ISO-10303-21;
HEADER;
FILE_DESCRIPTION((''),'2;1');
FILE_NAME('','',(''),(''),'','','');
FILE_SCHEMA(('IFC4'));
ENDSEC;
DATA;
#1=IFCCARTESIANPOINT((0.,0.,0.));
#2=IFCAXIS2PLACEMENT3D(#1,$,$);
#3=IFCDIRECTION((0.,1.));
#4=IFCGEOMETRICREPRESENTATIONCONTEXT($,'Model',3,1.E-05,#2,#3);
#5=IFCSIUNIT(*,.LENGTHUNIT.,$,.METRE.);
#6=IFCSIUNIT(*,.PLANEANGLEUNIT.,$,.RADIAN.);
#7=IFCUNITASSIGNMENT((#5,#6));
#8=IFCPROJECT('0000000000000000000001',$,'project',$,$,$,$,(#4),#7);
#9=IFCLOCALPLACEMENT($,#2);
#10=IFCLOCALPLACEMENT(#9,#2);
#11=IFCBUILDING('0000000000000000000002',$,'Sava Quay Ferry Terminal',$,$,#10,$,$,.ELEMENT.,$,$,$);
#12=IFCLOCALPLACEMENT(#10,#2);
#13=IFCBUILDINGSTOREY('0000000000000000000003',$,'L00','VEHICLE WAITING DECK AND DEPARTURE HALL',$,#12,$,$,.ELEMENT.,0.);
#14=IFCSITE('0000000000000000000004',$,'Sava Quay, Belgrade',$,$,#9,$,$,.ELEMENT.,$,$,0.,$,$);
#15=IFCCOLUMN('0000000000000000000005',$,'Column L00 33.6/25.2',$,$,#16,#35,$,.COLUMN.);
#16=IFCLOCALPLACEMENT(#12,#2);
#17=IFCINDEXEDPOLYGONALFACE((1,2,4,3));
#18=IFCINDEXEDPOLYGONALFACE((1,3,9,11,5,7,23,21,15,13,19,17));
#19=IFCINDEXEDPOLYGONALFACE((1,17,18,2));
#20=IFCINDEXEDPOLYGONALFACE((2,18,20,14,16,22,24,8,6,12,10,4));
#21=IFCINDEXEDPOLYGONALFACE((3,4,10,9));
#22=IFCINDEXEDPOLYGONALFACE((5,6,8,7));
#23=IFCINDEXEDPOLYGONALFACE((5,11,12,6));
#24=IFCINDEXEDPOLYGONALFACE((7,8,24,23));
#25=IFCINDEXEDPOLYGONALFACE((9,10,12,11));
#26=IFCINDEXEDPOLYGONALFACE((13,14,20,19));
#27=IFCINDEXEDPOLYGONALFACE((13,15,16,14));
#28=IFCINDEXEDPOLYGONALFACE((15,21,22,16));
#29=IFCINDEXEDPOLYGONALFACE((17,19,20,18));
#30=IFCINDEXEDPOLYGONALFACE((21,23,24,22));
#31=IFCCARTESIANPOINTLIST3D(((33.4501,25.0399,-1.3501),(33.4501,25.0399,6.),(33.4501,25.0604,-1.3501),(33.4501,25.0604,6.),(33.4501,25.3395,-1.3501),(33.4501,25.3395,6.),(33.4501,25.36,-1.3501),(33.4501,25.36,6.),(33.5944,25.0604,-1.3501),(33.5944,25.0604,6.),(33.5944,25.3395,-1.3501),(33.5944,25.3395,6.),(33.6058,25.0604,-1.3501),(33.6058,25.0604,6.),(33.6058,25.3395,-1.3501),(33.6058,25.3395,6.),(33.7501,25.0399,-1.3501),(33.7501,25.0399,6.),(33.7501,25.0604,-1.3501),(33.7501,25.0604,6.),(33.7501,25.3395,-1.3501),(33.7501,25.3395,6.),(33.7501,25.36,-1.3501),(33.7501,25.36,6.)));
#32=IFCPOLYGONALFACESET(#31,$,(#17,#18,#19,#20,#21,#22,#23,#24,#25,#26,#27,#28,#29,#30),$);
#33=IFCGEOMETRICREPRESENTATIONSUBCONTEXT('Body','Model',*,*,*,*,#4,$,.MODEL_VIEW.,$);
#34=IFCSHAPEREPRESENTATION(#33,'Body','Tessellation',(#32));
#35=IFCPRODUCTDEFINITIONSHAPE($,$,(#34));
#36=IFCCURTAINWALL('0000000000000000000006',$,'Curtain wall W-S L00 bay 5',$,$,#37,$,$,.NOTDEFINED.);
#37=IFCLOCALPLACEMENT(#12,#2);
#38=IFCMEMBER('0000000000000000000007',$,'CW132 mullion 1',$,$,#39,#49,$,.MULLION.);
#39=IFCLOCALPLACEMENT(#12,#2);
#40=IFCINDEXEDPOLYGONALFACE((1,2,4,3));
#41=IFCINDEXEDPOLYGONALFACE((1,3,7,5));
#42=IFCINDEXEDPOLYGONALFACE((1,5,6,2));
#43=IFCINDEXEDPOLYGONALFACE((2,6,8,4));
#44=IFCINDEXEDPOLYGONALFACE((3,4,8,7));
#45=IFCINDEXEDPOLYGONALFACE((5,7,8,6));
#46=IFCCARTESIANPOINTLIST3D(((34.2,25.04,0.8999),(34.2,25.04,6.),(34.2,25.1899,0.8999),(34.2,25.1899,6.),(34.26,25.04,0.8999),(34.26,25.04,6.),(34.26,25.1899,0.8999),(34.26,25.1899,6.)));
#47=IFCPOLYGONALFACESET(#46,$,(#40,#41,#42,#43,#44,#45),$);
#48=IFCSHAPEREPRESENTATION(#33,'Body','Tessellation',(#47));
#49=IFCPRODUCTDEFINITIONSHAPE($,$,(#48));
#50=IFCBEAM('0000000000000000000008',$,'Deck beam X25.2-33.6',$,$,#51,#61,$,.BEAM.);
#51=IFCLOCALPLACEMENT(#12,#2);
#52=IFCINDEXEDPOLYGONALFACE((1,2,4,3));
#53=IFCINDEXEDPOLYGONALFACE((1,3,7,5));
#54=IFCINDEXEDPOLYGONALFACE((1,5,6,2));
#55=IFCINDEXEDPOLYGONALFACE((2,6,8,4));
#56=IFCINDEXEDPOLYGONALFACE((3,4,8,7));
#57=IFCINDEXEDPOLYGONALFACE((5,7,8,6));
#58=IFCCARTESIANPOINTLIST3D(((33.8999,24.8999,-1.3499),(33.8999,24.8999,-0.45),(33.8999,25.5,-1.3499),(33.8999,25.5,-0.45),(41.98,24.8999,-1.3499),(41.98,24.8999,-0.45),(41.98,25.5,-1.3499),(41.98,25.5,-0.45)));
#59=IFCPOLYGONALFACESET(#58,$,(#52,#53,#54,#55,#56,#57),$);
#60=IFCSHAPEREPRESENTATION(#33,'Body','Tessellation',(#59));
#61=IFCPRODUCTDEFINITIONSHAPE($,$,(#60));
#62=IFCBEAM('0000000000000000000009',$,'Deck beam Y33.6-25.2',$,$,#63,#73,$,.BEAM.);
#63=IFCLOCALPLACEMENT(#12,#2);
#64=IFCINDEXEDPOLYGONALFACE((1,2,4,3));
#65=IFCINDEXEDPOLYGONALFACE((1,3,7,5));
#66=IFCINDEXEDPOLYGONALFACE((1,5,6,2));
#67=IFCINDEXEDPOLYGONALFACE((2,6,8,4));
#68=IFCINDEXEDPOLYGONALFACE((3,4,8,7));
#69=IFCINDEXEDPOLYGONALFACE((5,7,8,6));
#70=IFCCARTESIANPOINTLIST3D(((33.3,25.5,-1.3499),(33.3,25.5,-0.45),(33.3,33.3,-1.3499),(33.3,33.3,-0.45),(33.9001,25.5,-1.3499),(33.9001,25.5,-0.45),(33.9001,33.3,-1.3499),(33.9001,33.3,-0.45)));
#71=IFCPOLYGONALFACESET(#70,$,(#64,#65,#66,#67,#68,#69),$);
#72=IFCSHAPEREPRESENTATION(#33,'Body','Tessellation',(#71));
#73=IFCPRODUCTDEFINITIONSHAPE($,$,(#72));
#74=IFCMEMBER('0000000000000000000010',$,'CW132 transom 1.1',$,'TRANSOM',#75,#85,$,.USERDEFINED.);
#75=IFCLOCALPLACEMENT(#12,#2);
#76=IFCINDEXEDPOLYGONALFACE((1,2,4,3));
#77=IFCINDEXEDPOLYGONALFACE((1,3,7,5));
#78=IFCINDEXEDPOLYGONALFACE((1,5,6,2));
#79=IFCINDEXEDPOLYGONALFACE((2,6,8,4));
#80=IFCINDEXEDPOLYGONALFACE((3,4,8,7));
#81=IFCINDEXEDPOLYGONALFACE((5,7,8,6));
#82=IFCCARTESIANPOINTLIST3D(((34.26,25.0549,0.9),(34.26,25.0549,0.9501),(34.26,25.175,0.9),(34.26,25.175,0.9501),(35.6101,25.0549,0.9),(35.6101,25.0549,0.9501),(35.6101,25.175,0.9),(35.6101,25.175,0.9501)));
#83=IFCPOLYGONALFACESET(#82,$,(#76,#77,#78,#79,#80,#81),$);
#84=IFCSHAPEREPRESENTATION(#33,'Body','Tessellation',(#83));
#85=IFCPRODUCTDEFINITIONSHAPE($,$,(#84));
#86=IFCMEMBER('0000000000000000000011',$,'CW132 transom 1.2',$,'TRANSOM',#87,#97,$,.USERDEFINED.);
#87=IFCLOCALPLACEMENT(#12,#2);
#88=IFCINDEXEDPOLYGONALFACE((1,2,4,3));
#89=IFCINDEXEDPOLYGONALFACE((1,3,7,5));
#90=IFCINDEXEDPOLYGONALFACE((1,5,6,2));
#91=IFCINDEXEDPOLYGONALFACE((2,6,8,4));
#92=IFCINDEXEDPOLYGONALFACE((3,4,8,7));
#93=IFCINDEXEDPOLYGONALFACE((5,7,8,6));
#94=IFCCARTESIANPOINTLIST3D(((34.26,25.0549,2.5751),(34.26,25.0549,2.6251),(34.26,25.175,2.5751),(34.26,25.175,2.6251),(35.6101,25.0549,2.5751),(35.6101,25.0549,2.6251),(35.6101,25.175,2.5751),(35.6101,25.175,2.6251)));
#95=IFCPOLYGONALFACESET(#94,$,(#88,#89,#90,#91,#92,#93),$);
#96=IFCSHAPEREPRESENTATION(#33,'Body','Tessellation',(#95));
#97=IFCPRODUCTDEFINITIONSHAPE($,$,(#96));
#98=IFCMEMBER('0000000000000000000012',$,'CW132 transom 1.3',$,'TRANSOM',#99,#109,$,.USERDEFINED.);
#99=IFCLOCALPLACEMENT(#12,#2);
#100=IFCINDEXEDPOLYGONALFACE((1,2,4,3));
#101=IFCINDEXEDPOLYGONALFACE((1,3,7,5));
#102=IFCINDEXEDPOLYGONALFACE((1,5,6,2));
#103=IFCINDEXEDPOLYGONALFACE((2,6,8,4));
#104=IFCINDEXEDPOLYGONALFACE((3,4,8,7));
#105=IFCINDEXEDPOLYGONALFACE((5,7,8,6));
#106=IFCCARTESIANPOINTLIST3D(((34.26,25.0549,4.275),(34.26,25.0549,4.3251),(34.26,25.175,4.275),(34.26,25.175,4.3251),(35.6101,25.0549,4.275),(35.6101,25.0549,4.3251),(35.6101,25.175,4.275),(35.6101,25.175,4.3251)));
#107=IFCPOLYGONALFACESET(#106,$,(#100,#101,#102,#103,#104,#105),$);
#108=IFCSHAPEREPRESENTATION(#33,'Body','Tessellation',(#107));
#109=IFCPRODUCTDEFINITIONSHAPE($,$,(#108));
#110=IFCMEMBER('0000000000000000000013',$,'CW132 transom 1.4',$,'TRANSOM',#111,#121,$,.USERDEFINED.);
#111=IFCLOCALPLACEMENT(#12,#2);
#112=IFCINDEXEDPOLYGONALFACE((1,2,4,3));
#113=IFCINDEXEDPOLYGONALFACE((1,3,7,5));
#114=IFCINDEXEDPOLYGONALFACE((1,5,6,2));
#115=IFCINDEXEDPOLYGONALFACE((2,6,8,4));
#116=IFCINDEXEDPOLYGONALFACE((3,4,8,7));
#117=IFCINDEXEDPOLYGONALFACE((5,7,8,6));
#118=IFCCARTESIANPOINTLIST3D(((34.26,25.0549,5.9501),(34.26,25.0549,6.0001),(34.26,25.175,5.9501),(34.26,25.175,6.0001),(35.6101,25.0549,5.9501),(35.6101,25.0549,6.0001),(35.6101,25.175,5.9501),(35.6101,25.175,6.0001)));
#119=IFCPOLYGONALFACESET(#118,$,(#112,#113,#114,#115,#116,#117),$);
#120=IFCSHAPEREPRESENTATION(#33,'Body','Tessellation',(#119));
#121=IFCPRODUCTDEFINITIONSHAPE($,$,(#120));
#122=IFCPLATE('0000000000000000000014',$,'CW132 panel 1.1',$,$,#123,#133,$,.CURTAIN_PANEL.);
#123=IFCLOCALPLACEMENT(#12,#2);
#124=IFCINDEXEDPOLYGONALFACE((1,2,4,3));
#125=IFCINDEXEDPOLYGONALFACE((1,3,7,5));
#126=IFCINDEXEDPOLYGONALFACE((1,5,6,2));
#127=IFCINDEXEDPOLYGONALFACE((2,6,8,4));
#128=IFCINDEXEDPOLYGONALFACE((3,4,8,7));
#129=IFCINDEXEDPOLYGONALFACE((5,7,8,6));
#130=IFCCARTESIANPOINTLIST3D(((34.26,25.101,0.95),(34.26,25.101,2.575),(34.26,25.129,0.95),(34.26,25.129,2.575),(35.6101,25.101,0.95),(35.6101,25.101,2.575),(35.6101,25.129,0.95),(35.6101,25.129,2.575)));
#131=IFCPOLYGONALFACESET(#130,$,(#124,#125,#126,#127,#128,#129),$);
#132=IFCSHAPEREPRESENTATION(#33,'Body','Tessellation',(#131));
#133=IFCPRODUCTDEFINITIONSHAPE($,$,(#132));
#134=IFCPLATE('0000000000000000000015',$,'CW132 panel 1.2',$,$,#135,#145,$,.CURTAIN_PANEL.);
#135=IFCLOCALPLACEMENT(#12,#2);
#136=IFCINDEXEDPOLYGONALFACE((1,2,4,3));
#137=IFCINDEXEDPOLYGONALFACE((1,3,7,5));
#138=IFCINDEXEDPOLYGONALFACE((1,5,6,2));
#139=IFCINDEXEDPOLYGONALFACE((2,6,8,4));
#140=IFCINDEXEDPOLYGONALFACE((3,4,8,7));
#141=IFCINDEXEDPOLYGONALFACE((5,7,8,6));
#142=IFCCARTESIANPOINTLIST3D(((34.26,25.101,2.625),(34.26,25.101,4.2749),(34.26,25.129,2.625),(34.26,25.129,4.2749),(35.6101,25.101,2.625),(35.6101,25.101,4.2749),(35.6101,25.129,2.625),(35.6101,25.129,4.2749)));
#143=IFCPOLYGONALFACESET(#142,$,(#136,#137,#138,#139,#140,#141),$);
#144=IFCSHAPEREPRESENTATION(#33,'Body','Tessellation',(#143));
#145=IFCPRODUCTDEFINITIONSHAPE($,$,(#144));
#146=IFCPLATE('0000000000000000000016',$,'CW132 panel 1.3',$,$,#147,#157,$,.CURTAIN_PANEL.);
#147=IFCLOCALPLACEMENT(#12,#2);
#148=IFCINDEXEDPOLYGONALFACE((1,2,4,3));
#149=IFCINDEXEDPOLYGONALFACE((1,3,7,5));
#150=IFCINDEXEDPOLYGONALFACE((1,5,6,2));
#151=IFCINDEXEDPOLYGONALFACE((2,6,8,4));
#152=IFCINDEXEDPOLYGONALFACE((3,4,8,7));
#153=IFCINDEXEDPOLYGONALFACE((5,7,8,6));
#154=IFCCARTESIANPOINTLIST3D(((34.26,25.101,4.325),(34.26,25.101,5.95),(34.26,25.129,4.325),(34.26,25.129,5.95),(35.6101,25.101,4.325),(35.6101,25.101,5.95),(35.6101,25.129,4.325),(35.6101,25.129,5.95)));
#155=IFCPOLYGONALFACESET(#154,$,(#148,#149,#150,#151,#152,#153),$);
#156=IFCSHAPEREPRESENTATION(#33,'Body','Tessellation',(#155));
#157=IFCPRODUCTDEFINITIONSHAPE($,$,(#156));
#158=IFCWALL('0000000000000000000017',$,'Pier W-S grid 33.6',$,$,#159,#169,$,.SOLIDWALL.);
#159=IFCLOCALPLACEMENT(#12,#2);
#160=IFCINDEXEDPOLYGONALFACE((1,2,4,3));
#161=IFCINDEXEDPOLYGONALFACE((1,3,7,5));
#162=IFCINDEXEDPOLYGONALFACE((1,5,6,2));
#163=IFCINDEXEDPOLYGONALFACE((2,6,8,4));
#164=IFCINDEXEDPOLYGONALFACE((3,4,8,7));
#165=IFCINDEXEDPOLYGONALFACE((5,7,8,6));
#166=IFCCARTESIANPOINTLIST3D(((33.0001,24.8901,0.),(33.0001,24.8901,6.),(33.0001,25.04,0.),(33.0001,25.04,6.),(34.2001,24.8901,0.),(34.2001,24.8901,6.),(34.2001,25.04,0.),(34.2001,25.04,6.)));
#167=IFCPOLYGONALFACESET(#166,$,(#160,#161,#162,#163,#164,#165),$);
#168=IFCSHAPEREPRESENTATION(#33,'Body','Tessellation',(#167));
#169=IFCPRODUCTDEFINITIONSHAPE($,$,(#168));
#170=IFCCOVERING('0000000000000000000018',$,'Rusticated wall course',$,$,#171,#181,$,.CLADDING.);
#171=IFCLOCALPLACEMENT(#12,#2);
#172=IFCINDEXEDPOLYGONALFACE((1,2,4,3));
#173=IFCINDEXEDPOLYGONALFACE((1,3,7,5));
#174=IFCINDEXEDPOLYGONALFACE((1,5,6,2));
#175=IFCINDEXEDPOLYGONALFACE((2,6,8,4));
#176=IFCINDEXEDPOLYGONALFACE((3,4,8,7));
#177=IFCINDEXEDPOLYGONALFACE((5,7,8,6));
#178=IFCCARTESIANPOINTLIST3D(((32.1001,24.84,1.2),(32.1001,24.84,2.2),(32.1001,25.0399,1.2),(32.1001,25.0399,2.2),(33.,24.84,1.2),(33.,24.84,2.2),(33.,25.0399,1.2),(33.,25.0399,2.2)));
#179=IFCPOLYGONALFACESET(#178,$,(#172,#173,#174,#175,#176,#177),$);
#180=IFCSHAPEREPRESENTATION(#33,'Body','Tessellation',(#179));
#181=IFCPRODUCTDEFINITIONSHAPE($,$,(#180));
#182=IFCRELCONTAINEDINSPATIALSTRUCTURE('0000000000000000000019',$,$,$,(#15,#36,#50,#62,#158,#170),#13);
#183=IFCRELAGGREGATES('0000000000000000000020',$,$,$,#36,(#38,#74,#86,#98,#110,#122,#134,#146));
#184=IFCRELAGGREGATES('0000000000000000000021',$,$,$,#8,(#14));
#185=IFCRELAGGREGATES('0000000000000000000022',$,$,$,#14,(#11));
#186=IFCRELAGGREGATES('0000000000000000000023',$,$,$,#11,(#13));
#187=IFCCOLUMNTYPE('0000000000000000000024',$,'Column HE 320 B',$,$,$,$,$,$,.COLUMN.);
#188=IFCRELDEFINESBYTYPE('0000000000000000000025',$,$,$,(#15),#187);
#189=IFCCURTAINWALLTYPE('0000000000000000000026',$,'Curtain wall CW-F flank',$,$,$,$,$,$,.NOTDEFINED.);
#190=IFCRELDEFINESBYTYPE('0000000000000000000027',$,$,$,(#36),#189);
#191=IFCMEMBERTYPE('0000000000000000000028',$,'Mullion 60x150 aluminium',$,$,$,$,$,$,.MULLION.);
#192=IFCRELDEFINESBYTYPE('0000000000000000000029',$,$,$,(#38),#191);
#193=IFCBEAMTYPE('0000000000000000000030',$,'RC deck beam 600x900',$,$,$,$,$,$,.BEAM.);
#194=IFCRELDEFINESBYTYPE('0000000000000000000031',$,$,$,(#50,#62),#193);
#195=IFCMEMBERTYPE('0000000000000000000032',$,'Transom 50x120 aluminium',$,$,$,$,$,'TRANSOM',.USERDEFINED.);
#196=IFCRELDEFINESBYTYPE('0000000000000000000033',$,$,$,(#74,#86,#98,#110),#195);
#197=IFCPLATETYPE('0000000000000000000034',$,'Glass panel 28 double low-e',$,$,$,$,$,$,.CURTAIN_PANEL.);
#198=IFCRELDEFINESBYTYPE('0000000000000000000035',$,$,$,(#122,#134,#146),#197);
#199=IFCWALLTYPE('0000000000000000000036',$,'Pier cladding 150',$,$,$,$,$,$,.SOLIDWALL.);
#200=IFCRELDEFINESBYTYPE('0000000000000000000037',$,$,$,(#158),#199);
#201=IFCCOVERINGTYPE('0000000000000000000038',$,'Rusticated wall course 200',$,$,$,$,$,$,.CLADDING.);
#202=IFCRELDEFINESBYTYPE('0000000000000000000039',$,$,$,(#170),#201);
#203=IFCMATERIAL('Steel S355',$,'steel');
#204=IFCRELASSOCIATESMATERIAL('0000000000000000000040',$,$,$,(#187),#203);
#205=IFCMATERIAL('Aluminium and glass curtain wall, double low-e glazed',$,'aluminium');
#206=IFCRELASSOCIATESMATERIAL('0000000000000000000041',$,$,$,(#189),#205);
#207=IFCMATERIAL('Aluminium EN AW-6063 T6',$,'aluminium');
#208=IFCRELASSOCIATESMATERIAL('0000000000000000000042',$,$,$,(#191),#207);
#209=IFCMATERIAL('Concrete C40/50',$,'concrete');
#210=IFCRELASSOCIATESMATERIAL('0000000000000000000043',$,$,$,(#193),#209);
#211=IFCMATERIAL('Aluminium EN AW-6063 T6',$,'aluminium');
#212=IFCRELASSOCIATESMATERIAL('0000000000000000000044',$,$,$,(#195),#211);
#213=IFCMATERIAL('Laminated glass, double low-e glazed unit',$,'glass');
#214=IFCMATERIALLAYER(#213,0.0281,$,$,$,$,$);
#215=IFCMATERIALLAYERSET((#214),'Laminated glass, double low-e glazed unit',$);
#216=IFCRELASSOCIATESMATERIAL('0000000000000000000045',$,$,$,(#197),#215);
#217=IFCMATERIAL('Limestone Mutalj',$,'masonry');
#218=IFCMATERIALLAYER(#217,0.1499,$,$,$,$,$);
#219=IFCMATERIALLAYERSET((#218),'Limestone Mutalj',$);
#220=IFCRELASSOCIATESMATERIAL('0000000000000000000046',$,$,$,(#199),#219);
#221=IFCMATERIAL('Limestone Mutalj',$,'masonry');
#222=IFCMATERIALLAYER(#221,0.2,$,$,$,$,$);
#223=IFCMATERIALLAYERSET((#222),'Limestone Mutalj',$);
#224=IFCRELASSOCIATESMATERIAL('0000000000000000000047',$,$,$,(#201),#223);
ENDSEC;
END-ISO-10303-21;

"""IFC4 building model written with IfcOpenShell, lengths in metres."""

from ifc_helpers import new_model, si_unit, direction, frame, frame_2d, origin, origin_2d, place, context, subcontext, project, spatial, rectangle, i_section, extrude, material, layer, layer_set, material_profile, profile_set, type_object, element, aggregate, save


model = new_model("IFC4")

# Units and contexts
model_context = context("Model", 3, precision=1e-05, world=origin(), true_north=direction((0.0, 1.0)))
body_context = subcontext(model_context, "Body", "Model", "MODEL_VIEW")
ifc_project = project(units=[si_unit("LENGTHUNIT", "METRE"), si_unit("PLANEANGLEUNIT", "RADIAN")], contexts=[model_context])

# Site, building, storey
site_placement = place(None, origin())
site = spatial("IfcSite", under=ifc_project, at=site_placement, Name="Sava Quay, Belgrade", CompositionType="ELEMENT", RefElevation=0.0)
building_placement = place(site_placement, origin())
building = spatial("IfcBuilding", under=site, at=building_placement, Name="Sava Quay Ferry Terminal", CompositionType="ELEMENT")
storey_placement = place(building_placement, origin())
storey = spatial("IfcBuildingStorey", under=building, at=storey_placement, Name="L00", Description="VEHICLE WAITING DECK AND DEPARTURE HALL", CompositionType="ELEMENT", Elevation=0.0)

# Column
ifc_material_1 = material(Name="Steel S355", Category="steel")
ifc_material_profile_1 = material_profile(ifc_material_1, i_section(OverallWidth=0.3, OverallDepth=0.3201, WebThickness=0.0115, FlangeThickness=0.0205, at=origin_2d()), Name="HE 320 B")
ifc_profile_set_1 = profile_set([ifc_material_profile_1], Name="Steel S355")
column_type = type_object("IfcColumnType", Name="Column HE 320 B", PredefinedType="COLUMN", material=ifc_profile_set_1)
column_placement = place(storey_placement, frame((33.6001, 25.2, -1.3501), z_axis=(0.0, 0.0, 1.0), x_axis=(1.0, 0.0, 0.0)))
element("IfcColumn", 1, at=column_placement, inside=storey, type_object=column_type, Name="Column L00 33.6/25.2", PredefinedType="COLUMN", context=body_context, shape_type="SweptSolid", body=[
    extrude(i_section(OverallWidth=0.3, OverallDepth=0.3201, WebThickness=0.0115, FlangeThickness=0.0205, at=origin_2d()), origin(), (0.0, 0.0, 1.0), 7.3501),
])

# Curtain wall, member
ifc_material_2 = material(Name="Aluminium and glass curtain wall, double low-e glazed", Category="aluminium")
curtain_wall_type = type_object("IfcCurtainWallType", Name="Curtain wall CW-F flank", PredefinedType="NOTDEFINED", material=ifc_material_2)
curtain_wall_placement = place(storey_placement, origin())
curtain_wall = element("IfcCurtainWall", 2, at=curtain_wall_placement, inside=storey, type_object=curtain_wall_type, Name="Curtain wall W-S L00 bay 5", PredefinedType="NOTDEFINED")
ifc_material_3 = material(Name="Aluminium EN AW-6063 T6", Category="aluminium")
ifc_material_profile_2 = material_profile(ifc_material_3, rectangle(XDim=0.1499, YDim=0.0601, at=origin_2d()), Name="Mullion 60x150 aluminium")
ifc_profile_set_2 = profile_set([ifc_material_profile_2], Name="Aluminium EN AW-6063 T6")
member_type_1 = type_object("IfcMemberType", Name="Mullion 60x150 aluminium", PredefinedType="MULLION", material=ifc_profile_set_2)
member_1_placement = place(storey_placement, frame((34.23, 25.115, 0.8999), z_axis=(0.0, 0.0, 1.0), x_axis=(0.0, 1.0, 0.0)))
member_1 = element("IfcMember", 3, at=member_1_placement, type_object=member_type_1, Name="CW132 mullion 1", PredefinedType="MULLION", context=body_context, shape_type="SweptSolid", body=[
    extrude(rectangle(XDim=0.1499, YDim=0.0601, at=origin_2d()), origin(), (0.0, 0.0, 1.0), 5.1001),
])

# Beams
ifc_material_4 = material(Name="Concrete C40/50", Category="concrete")
ifc_material_profile_3 = material_profile(ifc_material_4, rectangle(XDim=0.6001, YDim=0.8999, at=origin_2d()), Name="RC 600x900")
ifc_profile_set_3 = profile_set([ifc_material_profile_3], Name="Concrete C40/50")
beam_type = type_object("IfcBeamType", Name="RC deck beam 600x900", PredefinedType="BEAM", material=ifc_profile_set_3)
beam_1_placement = place(storey_placement, frame((33.8999, 25.2, -0.8999), z_axis=(1.0, 0.0, 0.0), x_axis=(0.0, 1.0, 0.0)))
element("IfcBeam", 4, at=beam_1_placement, inside=storey, type_object=beam_type, Name="Deck beam X25.2-33.6", PredefinedType="BEAM", context=body_context, shape_type="SweptSolid", body=[
    extrude(rectangle(XDim=0.6001, YDim=0.8999, at=origin_2d()), origin(), (0.0, 0.0, 1.0), 8.0801),
])
beam_2_placement = place(storey_placement, frame((33.6001, 25.5, -0.8999), z_axis=(0.0, 1.0, 0.0), x_axis=(-1.0, 0.0, 0.0)))
element("IfcBeam", 5, at=beam_2_placement, inside=storey, type_object=beam_type, Name="Deck beam Y33.6-25.2", PredefinedType="BEAM", context=body_context, shape_type="SweptSolid", body=[
    extrude(rectangle(XDim=0.6001, YDim=0.8999, at=origin_2d()), origin(), (0.0, 0.0, 1.0), 7.8),
])

# Members
ifc_material_5 = material(Name="Aluminium EN AW-6063 T6", Category="aluminium")
ifc_material_profile_4 = material_profile(ifc_material_5, rectangle(XDim=0.1201, YDim=0.05, at=origin_2d()), Name="Transom 50x120 aluminium")
ifc_profile_set_4 = profile_set([ifc_material_profile_4], Name="Aluminium EN AW-6063 T6")
member_type_2 = type_object("IfcMemberType", Name="Transom 50x120 aluminium", ElementType="TRANSOM", PredefinedType="USERDEFINED", material=ifc_profile_set_4)
member_2_placement = place(storey_placement, frame((34.26, 25.115, 0.925), z_axis=(1.0, 0.0, 0.0), x_axis=(0.0, 1.0, 0.0)))
member_2 = element("IfcMember", 6, at=member_2_placement, type_object=member_type_2, Name="CW132 transom 1.1", ObjectType="TRANSOM", PredefinedType="USERDEFINED", context=body_context, shape_type="SweptSolid", body=[
    extrude(rectangle(XDim=0.1201, YDim=0.05, at=origin_2d()), origin(), (0.0, 0.0, 1.0), 1.3501),
])
member_3_placement = place(storey_placement, frame((34.26, 25.115, 2.6001), z_axis=(1.0, 0.0, 0.0), x_axis=(0.0, 1.0, 0.0)))
member_3 = element("IfcMember", 7, at=member_3_placement, type_object=member_type_2, Name="CW132 transom 1.2", ObjectType="TRANSOM", PredefinedType="USERDEFINED", context=body_context, shape_type="SweptSolid", body=[
    extrude(rectangle(XDim=0.1201, YDim=0.05, at=origin_2d()), origin(), (0.0, 0.0, 1.0), 1.3501),
])
member_4_placement = place(storey_placement, frame((34.26, 25.115, 4.3), z_axis=(1.0, 0.0, 0.0), x_axis=(0.0, 1.0, 0.0)))
member_4 = element("IfcMember", 8, at=member_4_placement, type_object=member_type_2, Name="CW132 transom 1.3", ObjectType="TRANSOM", PredefinedType="USERDEFINED", context=body_context, shape_type="SweptSolid", body=[
    extrude(rectangle(XDim=0.1201, YDim=0.05, at=origin_2d()), origin(), (0.0, 0.0, 1.0), 1.3501),
])
member_5_placement = place(storey_placement, frame((34.26, 25.115, 5.9751), z_axis=(1.0, 0.0, 0.0), x_axis=(0.0, 1.0, 0.0)))
member_5 = element("IfcMember", 9, at=member_5_placement, type_object=member_type_2, Name="CW132 transom 1.4", ObjectType="TRANSOM", PredefinedType="USERDEFINED", context=body_context, shape_type="SweptSolid", body=[
    extrude(rectangle(XDim=0.1201, YDim=0.05, at=origin_2d()), origin(), (0.0, 0.0, 1.0), 1.3501),
])

# Plates
ifc_material_6 = material(Name="Laminated glass, double low-e glazed unit", Category="glass")
ifc_layer_1 = layer(ifc_material_6, 0.0281)
ifc_layer_set_1 = layer_set([ifc_layer_1], Name="Laminated glass, double low-e glazed unit")
plate_type = type_object("IfcPlateType", Name="Glass panel 28 double low-e", PredefinedType="CURTAIN_PANEL", material=ifc_layer_set_1)
plate_1_placement = place(storey_placement, frame((34.9351, 25.115, 0.95), z_axis=(0.0, 0.0, 1.0), x_axis=(1.0, 0.0, 0.0)))
plate_1 = element("IfcPlate", 10, at=plate_1_placement, type_object=plate_type, Name="CW132 panel 1.1", PredefinedType="CURTAIN_PANEL", context=body_context, shape_type="SweptSolid", body=[
    extrude(rectangle(XDim=1.3501, YDim=0.0281, at=origin_2d()), origin(), (0.0, 0.0, 1.0), 1.625),
])
plate_2_placement = place(storey_placement, frame((34.9351, 25.115, 2.625), z_axis=(0.0, 0.0, 1.0), x_axis=(1.0, 0.0, 0.0)))
plate_2 = element("IfcPlate", 11, at=plate_2_placement, type_object=plate_type, Name="CW132 panel 1.2", PredefinedType="CURTAIN_PANEL", context=body_context, shape_type="SweptSolid", body=[
    extrude(rectangle(XDim=1.3501, YDim=0.0281, at=origin_2d()), origin(), (0.0, 0.0, 1.0), 1.6499),
])
plate_3_placement = place(storey_placement, frame((34.9351, 25.115, 4.325), z_axis=(0.0, 0.0, 1.0), x_axis=(1.0, 0.0, 0.0)))
plate_3 = element("IfcPlate", 12, at=plate_3_placement, type_object=plate_type, Name="CW132 panel 1.3", PredefinedType="CURTAIN_PANEL", context=body_context, shape_type="SweptSolid", body=[
    extrude(rectangle(XDim=1.3501, YDim=0.0281, at=origin_2d()), origin(), (0.0, 0.0, 1.0), 1.625),
])
aggregate(curtain_wall, [member_1, member_2, member_3, member_4, member_5, plate_1, plate_2, plate_3])

# Wall
ifc_material_7 = material(Name="Limestone Mutalj", Category="masonry")
ifc_layer_2 = layer(ifc_material_7, 0.1499)
ifc_layer_set_2 = layer_set([ifc_layer_2], Name="Limestone Mutalj")
wall_type_1 = type_object("IfcWallType", Name="Pier cladding 150", PredefinedType="SOLIDWALL", material=ifc_layer_set_2)
wall_1_placement = place(storey_placement, frame((33.0, 24.9651, 0.0), z_axis=(0.0, 0.0, 1.0), x_axis=(1.0, 0.0, 0.0)))
element("IfcWall", 13, at=wall_1_placement, inside=storey, type_object=wall_type_1, Name="Pier W-S grid 33.6", PredefinedType="SOLIDWALL", context=body_context, shape_type="SweptSolid", body=[
    extrude(rectangle(XDim=1.2, YDim=0.1499, at=frame_2d((0.6001, 0.0))), origin(), (0.0, 0.0, 1.0), 6.0),
])

# Covering
ifc_material_8 = material(Name="Limestone Mutalj", Category="masonry")
ifc_layer_3 = layer(ifc_material_8, 0.2)
ifc_layer_set_3 = layer_set([ifc_layer_3], Name="Limestone Mutalj")
covering_type = type_object("IfcCoveringType", Name="Rusticated wall course 200", PredefinedType="CLADDING", material=ifc_layer_set_3)
for number, where, z_axis, x_axis, name in (
    (14, (32.55, 24.9399, 1.2), (0.0, 0.0, 1.0), (1.0, 0.0, 0.0), "Rusticated wall course"),
):
    element("IfcCovering", number, at=place(storey_placement, frame(where, z_axis=z_axis, x_axis=x_axis)), inside=storey, type_object=covering_type, Name=name, PredefinedType="CLADDING", context=body_context, shape_type="SweptSolid", body=[
        extrude(rectangle(XDim=0.8999, YDim=0.2, at=origin_2d()), origin(), (0.0, 0.0, 1.0), 1.0),
    ])

save(model, "model.ifc")
